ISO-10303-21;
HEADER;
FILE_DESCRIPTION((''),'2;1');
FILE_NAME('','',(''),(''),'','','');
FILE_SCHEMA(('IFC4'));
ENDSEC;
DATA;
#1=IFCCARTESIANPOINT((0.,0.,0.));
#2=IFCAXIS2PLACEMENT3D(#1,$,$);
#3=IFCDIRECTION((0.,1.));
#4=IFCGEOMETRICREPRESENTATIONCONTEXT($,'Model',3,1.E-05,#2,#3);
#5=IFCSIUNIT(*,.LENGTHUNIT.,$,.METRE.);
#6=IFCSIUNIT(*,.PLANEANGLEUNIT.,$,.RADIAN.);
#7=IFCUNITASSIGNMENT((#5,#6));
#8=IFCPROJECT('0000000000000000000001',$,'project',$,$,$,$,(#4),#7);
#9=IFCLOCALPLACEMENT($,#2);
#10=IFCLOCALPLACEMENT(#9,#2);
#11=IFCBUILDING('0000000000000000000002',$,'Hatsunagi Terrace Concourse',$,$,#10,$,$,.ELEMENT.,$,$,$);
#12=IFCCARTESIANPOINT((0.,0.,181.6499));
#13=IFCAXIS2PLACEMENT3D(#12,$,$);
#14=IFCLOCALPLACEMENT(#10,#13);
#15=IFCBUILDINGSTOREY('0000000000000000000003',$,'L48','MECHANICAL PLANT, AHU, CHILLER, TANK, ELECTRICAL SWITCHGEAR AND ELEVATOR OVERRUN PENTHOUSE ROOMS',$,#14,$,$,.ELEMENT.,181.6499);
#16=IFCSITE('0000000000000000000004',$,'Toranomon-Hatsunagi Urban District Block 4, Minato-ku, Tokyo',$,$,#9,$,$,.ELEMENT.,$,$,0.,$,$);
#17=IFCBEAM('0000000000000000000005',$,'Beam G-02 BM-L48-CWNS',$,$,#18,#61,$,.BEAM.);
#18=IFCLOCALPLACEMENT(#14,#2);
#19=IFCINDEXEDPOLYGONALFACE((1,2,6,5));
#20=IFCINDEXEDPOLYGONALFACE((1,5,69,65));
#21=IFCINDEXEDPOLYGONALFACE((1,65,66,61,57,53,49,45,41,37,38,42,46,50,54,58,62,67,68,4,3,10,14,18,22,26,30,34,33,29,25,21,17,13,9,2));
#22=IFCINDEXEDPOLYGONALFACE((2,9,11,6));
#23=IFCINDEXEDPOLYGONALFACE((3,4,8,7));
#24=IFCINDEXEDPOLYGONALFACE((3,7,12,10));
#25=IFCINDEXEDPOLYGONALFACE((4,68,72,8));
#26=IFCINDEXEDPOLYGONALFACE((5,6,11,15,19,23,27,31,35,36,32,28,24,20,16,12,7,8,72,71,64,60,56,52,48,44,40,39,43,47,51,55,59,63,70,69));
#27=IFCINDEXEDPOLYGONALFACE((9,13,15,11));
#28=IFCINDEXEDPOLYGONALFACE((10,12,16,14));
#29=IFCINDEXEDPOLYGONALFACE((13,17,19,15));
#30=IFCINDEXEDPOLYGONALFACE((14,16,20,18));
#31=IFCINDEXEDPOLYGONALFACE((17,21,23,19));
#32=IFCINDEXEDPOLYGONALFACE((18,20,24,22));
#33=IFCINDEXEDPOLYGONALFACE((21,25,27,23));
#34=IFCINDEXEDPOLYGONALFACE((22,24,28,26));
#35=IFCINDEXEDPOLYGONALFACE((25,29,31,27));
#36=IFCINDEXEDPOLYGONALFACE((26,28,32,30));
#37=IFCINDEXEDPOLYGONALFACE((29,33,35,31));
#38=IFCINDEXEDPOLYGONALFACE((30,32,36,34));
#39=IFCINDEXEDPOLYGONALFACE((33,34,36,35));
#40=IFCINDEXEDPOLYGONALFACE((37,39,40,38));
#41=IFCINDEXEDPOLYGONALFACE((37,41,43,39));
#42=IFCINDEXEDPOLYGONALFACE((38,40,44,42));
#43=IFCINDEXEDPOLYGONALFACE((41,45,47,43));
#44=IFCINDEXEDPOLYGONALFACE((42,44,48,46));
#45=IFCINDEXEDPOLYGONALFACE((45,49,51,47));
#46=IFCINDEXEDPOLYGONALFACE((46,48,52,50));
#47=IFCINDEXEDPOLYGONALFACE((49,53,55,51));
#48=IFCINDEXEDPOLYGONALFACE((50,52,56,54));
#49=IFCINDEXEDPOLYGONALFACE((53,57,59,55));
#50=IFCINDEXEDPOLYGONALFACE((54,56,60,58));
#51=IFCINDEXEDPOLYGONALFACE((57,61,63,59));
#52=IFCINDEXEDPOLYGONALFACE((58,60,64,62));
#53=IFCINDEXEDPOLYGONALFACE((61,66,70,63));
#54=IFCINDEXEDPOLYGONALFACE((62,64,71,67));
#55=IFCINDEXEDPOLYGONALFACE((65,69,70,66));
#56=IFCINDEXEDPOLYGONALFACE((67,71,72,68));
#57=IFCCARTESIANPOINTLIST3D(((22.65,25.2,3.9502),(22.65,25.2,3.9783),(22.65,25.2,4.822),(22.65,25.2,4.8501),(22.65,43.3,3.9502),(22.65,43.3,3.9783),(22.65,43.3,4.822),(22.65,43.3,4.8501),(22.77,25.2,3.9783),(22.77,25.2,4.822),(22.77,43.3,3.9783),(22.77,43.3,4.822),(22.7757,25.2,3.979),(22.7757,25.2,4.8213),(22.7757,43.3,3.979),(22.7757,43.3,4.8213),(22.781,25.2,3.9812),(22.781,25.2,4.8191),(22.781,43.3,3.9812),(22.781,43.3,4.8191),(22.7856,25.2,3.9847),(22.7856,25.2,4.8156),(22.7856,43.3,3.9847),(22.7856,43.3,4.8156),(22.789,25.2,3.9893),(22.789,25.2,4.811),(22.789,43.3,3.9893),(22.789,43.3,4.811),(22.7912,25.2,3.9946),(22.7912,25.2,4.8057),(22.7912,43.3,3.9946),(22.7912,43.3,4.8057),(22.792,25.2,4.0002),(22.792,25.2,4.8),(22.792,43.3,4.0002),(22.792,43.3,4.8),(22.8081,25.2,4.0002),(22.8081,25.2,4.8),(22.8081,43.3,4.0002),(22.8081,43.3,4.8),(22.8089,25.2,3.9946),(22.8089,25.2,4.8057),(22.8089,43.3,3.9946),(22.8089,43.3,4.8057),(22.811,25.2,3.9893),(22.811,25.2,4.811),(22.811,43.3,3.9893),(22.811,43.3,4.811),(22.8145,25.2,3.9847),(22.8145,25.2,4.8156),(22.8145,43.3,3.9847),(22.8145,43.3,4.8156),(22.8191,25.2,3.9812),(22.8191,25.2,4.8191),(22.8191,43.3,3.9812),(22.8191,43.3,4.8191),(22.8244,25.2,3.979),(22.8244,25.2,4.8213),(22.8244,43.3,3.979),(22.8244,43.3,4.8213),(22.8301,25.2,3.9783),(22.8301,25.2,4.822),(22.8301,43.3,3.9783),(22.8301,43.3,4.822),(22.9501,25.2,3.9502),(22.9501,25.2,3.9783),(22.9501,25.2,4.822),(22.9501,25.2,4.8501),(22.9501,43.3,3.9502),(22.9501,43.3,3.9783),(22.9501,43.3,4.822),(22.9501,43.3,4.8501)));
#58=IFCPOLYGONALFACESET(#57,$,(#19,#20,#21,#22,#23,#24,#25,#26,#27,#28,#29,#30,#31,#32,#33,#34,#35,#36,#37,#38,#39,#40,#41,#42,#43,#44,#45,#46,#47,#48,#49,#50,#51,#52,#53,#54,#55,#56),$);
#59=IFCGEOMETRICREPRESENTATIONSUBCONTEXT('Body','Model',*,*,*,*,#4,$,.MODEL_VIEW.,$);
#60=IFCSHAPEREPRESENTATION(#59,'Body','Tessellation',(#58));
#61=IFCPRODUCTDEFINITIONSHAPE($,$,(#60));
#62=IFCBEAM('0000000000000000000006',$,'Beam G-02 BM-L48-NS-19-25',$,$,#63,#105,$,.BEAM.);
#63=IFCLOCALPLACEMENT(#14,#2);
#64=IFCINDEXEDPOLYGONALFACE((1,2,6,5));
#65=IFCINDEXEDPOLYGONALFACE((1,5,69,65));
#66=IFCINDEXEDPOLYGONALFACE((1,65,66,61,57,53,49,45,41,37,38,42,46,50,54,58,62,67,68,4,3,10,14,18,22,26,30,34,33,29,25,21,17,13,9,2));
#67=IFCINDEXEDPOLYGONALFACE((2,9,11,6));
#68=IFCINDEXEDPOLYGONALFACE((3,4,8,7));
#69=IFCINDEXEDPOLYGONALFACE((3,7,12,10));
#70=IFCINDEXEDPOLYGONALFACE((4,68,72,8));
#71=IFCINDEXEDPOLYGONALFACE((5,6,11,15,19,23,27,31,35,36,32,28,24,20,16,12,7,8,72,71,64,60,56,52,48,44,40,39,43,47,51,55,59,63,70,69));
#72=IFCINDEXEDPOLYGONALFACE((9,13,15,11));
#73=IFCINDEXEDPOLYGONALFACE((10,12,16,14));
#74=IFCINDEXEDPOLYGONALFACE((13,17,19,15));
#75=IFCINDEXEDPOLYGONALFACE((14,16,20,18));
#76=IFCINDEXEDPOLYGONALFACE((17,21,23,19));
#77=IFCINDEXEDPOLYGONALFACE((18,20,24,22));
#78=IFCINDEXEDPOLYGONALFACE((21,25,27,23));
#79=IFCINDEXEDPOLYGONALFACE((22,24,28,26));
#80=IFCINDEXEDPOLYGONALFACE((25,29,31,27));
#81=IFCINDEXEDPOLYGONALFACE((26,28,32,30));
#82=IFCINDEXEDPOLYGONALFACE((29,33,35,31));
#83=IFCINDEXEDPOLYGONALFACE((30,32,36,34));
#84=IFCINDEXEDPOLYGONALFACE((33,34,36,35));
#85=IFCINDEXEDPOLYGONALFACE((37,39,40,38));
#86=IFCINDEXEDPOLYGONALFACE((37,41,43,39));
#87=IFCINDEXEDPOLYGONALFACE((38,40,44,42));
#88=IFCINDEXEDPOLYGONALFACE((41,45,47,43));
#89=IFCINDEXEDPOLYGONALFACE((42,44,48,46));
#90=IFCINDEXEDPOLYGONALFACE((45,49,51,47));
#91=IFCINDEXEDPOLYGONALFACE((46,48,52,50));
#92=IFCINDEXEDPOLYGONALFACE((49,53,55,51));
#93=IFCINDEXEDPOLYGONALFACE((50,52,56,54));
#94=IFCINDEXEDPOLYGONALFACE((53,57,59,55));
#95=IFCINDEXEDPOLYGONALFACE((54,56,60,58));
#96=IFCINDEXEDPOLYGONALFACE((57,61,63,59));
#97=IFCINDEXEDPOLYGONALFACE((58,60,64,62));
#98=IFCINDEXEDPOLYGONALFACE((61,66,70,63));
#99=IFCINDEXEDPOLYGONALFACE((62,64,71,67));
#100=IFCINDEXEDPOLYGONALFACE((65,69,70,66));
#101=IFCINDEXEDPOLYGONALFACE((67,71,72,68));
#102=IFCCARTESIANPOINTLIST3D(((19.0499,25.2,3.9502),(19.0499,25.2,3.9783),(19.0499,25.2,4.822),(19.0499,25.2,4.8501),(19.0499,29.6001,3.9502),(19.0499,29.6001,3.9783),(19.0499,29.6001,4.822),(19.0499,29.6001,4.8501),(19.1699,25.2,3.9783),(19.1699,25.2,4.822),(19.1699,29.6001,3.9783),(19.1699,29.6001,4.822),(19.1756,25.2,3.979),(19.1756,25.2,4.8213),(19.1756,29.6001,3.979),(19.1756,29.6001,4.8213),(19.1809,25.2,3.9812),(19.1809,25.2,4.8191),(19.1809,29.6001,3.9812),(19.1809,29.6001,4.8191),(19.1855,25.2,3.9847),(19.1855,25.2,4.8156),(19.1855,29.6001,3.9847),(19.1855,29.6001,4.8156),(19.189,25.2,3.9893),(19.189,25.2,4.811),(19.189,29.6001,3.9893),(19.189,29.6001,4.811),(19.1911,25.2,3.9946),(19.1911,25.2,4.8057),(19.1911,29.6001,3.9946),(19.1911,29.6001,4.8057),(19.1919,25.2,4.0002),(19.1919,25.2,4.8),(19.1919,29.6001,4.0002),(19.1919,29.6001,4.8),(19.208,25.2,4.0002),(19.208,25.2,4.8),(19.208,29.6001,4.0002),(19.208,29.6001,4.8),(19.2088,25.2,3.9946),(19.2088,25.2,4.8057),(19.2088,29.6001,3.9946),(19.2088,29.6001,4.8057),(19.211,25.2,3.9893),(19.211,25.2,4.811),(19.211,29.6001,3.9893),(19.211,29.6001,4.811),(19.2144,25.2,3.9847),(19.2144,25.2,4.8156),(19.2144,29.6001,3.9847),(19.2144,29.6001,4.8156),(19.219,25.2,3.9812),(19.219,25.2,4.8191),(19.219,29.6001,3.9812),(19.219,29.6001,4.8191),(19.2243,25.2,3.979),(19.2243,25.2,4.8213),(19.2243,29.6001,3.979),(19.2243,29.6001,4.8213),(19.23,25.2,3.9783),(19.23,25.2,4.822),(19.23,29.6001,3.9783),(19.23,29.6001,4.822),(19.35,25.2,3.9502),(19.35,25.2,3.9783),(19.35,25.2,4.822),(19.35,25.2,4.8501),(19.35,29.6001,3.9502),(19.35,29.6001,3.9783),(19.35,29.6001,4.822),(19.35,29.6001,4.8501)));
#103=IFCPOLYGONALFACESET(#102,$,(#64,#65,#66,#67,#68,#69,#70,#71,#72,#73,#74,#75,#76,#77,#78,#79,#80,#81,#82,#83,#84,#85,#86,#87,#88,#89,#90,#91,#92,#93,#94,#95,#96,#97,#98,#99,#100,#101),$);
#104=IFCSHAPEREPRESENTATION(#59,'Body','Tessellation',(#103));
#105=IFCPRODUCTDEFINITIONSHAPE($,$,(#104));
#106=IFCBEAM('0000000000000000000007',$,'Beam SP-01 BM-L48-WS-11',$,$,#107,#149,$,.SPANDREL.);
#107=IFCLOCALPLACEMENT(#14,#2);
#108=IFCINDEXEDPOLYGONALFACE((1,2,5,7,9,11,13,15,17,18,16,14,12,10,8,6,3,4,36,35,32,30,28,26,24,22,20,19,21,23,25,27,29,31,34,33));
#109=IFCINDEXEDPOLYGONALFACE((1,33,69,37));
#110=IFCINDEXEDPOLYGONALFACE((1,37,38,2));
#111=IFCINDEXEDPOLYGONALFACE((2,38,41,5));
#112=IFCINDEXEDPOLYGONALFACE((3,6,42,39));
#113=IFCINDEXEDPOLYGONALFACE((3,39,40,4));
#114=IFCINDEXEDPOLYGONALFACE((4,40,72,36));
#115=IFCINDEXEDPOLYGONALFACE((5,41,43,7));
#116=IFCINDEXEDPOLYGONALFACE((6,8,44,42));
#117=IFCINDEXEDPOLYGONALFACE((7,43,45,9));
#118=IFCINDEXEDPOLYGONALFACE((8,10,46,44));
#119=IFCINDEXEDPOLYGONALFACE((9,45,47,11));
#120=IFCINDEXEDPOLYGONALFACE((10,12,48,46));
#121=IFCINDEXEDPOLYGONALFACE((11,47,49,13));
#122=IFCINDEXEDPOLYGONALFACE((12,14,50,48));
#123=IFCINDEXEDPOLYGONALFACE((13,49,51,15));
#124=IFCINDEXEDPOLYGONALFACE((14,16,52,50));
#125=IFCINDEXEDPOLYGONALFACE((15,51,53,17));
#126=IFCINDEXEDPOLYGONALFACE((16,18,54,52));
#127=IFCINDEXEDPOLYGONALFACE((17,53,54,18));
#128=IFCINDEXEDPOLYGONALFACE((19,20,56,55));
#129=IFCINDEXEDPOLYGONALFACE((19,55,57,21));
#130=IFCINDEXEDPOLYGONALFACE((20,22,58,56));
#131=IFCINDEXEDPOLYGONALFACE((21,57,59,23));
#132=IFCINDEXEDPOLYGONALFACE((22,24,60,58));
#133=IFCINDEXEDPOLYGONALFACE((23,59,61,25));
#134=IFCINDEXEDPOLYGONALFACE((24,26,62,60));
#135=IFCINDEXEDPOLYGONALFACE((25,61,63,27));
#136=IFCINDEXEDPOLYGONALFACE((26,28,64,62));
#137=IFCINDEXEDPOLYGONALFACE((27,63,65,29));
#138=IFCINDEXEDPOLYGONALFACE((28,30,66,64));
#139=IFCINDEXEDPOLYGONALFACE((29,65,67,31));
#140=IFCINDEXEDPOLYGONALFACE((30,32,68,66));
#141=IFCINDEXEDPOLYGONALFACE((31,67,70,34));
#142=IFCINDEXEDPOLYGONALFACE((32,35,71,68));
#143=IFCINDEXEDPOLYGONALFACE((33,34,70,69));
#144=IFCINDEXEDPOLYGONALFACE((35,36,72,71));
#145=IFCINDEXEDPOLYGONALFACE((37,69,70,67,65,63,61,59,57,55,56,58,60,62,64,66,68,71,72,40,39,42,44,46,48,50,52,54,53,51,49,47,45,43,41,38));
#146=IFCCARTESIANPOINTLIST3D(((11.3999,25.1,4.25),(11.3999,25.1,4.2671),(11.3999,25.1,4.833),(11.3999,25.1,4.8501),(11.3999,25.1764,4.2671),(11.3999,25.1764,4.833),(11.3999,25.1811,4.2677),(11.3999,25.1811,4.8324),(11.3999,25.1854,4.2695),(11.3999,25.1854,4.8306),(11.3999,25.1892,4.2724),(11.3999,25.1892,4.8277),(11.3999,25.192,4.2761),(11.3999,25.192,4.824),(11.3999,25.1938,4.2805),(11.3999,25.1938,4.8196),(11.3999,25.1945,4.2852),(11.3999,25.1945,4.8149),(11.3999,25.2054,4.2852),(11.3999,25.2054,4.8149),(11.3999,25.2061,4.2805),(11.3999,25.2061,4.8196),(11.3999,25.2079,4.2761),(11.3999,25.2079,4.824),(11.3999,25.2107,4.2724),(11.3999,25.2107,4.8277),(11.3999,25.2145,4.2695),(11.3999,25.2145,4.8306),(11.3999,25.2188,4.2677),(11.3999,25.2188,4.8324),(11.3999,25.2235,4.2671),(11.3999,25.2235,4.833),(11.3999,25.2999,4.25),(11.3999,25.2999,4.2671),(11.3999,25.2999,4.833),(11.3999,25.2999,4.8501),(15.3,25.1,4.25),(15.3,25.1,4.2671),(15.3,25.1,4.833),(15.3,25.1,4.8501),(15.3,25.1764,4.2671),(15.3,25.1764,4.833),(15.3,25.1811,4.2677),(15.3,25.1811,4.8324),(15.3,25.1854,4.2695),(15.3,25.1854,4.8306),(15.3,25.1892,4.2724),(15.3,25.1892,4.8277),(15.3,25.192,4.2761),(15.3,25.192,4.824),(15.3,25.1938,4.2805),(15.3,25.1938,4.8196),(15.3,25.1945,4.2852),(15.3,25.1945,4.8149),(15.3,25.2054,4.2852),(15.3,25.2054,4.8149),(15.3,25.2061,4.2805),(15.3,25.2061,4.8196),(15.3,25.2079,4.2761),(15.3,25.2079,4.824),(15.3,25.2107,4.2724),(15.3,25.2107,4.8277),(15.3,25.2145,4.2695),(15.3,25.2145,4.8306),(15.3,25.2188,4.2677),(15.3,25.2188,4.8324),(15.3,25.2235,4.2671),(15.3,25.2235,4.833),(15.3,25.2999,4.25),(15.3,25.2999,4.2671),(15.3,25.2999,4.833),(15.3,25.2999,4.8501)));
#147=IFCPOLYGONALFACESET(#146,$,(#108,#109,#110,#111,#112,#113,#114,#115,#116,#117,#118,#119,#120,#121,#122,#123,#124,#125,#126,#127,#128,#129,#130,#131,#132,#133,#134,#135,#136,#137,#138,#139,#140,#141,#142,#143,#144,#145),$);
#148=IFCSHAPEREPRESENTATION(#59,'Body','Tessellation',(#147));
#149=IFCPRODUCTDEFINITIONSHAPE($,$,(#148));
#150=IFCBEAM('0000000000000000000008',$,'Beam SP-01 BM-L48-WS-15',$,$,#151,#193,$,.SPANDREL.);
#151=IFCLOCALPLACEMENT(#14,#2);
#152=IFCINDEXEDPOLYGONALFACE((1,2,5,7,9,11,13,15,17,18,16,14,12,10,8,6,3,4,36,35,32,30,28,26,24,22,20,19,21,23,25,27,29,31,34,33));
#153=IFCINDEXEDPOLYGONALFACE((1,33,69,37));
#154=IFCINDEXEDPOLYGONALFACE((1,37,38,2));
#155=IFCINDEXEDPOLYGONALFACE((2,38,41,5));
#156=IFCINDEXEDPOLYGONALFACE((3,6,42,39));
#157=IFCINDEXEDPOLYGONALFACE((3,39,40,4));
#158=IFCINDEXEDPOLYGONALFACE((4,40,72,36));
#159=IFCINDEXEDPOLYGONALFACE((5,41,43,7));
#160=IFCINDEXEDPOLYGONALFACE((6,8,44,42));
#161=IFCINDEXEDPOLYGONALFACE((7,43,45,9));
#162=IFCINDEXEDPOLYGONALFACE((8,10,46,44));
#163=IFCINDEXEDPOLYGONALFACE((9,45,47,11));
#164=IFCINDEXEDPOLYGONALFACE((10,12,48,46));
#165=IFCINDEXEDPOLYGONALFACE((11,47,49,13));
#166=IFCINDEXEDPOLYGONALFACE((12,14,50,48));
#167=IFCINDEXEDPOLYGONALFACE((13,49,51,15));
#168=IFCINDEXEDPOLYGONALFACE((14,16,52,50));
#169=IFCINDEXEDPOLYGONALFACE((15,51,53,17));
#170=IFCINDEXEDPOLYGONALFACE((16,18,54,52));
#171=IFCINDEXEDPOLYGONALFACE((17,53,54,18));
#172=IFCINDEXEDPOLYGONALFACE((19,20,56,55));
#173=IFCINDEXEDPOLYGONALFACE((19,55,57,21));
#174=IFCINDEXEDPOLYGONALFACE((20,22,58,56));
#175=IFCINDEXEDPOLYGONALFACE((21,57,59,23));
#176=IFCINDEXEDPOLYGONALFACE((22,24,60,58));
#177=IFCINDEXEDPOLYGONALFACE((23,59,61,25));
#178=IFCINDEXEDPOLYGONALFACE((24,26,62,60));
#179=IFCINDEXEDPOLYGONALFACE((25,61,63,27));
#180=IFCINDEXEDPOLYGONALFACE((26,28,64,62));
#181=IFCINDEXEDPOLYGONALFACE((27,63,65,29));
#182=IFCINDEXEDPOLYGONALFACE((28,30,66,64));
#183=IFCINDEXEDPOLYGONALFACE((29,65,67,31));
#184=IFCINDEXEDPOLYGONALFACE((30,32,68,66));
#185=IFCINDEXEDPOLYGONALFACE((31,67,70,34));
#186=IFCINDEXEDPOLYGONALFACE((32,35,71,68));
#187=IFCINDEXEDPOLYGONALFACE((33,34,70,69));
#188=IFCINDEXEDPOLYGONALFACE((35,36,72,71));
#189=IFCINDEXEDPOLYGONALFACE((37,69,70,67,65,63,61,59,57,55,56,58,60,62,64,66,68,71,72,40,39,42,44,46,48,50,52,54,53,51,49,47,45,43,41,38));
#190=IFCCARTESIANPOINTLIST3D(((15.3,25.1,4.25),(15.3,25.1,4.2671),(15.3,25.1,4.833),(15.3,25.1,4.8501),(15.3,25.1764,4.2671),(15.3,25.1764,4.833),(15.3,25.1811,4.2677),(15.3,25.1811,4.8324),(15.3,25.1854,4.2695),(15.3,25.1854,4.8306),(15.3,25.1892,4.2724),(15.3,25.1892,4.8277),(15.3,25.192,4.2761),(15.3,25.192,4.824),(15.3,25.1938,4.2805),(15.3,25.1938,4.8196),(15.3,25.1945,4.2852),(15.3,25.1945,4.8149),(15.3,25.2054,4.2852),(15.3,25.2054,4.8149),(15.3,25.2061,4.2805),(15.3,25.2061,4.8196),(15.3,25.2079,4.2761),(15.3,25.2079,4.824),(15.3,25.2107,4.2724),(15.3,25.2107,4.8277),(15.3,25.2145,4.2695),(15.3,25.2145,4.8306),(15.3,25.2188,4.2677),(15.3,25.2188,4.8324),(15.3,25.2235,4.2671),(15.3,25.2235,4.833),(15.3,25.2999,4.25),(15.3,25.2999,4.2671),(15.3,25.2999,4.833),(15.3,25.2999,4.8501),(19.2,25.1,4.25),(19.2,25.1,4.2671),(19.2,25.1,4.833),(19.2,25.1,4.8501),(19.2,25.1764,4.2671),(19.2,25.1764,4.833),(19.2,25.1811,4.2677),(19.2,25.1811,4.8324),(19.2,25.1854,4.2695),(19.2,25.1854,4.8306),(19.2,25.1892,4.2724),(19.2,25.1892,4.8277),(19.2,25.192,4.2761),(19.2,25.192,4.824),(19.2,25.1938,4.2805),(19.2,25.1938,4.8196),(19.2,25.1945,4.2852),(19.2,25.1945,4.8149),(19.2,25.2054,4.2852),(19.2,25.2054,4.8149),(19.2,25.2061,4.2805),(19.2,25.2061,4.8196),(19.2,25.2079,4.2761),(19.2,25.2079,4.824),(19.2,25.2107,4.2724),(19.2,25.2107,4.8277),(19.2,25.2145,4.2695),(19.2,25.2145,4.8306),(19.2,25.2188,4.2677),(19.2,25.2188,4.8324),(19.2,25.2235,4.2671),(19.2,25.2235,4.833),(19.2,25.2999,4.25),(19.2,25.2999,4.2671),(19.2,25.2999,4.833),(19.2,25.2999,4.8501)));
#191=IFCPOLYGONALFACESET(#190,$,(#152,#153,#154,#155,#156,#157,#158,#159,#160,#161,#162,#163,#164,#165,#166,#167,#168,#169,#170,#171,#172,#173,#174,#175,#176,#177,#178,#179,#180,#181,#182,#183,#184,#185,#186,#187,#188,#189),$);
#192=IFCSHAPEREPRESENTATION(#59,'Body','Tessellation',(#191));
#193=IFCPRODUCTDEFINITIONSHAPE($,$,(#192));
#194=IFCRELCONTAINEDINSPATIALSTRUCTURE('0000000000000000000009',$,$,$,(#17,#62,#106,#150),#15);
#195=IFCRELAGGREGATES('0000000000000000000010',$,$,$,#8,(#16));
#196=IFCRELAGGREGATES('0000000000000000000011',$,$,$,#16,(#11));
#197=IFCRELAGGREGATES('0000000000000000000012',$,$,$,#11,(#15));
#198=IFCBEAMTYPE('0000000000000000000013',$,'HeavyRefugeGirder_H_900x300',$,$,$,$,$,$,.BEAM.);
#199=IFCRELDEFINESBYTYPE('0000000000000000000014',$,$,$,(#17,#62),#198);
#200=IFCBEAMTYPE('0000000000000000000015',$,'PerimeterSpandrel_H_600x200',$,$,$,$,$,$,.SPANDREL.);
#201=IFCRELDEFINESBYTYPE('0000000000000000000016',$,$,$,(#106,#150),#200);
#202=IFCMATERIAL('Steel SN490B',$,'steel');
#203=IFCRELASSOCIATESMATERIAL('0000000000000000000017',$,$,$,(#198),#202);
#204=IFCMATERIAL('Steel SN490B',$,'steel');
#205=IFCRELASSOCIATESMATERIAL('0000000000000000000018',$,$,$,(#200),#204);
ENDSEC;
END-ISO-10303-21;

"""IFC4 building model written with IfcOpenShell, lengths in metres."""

from ifc_helpers import new_model, si_unit, direction, frame, origin, origin_2d, place, context, subcontext, project, spatial, i_section, extrude, material, material_profile, profile_set, type_object, element, save


model = new_model("IFC4")

# Units and contexts
model_context = context("Model", 3, precision=1e-05, world=origin(), true_north=direction((0.0, 1.0)))
body_context = subcontext(model_context, "Body", "Model", "MODEL_VIEW")
ifc_project = project(units=[si_unit("LENGTHUNIT", "METRE"), si_unit("PLANEANGLEUNIT", "RADIAN")], contexts=[model_context])

# Site, building, storey
site_placement = place(None, origin())
site = spatial("IfcSite", under=ifc_project, at=site_placement, Name="Toranomon-Hatsunagi Urban District Block 4, Minato-ku, Tokyo", CompositionType="ELEMENT", RefElevation=0.0)
building_placement = place(site_placement, origin())
building = spatial("IfcBuilding", under=site, at=building_placement, Name="Hatsunagi Terrace Concourse", CompositionType="ELEMENT")
storey_placement = place(building_placement, frame((0.0, 0.0, 181.6499)))
storey = spatial("IfcBuildingStorey", under=building, at=storey_placement, Name="L48", Description="MECHANICAL PLANT, AHU, CHILLER, TANK, ELECTRICAL SWITCHGEAR AND ELEVATOR OVERRUN PENTHOUSE ROOMS", CompositionType="ELEMENT", Elevation=181.6499)

# Beams
ifc_material_1 = material(Name="Steel SN490B", Category="steel")
ifc_material_profile_1 = material_profile(ifc_material_1, i_section(OverallWidth=0.3, OverallDepth=0.8999, WebThickness=0.0161, FlangeThickness=0.0281, FilletRadius=0.022, at=origin_2d()), Name="H-900x300x16x28")
ifc_profile_set_1 = profile_set([ifc_material_profile_1], Name="Steel SN490B")
beam_type_1 = type_object("IfcBeamType", Name="HeavyRefugeGirder_H_900x300", PredefinedType="BEAM", material=ifc_profile_set_1)
beam_1_placement = place(storey_placement, frame((22.8, 25.2, 4.4001), z_axis=(0.0, 1.0, 0.0), x_axis=(-1.0, 0.0, 0.0)))
element("IfcBeam", 1, at=beam_1_placement, inside=storey, type_object=beam_type_1, Name="Beam G-02 BM-L48-CWNS", PredefinedType="BEAM", context=body_context, shape_type="SweptSolid", body=[
    extrude(i_section(OverallWidth=0.3, OverallDepth=0.8999, WebThickness=0.0161, FlangeThickness=0.0281, FilletRadius=0.022, at=origin_2d()), origin(), (0.0, 0.0, 1.0), 18.1001),
])
beam_2_placement = place(storey_placement, frame((19.2, 25.2, 4.4001), z_axis=(0.0, 1.0, 0.0), x_axis=(-1.0, 0.0, 0.0)))
element("IfcBeam", 2, at=beam_2_placement, inside=storey, type_object=beam_type_1, Name="Beam G-02 BM-L48-NS-19-25", PredefinedType="BEAM", context=body_context, shape_type="SweptSolid", body=[
    extrude(i_section(OverallWidth=0.3, OverallDepth=0.8999, WebThickness=0.0161, FlangeThickness=0.0281, FilletRadius=0.022, at=origin_2d()), origin(), (0.0, 0.0, 1.0), 4.4001),
])
ifc_material_2 = material(Name="Steel SN490B", Category="steel")
ifc_material_profile_2 = material_profile(ifc_material_2, i_section(OverallWidth=0.2, OverallDepth=0.6001, WebThickness=0.011, FlangeThickness=0.0171, FilletRadius=0.0181, at=origin_2d()), Name="H-600x200x11x17")
ifc_profile_set_2 = profile_set([ifc_material_profile_2], Name="Steel SN490B")
beam_type_2 = type_object("IfcBeamType", Name="PerimeterSpandrel_H_600x200", PredefinedType="SPANDREL", material=ifc_profile_set_2)
beam_3_placement = place(storey_placement, frame((11.3999, 25.2, 4.55), z_axis=(1.0, 0.0, 0.0), x_axis=(0.0, 1.0, 0.0)))
element("IfcBeam", 3, at=beam_3_placement, inside=storey, type_object=beam_type_2, Name="Beam SP-01 BM-L48-WS-11", PredefinedType="SPANDREL", context=body_context, shape_type="SweptSolid", body=[
    extrude(i_section(OverallWidth=0.2, OverallDepth=0.6001, WebThickness=0.011, FlangeThickness=0.0171, FilletRadius=0.0181, at=origin_2d()), origin(), (0.0, 0.0, 1.0), 3.9001),
])
beam_4_placement = place(storey_placement, frame((15.3, 25.2, 4.55), z_axis=(1.0, 0.0, 0.0), x_axis=(0.0, 1.0, 0.0)))
element("IfcBeam", 4, at=beam_4_placement, inside=storey, type_object=beam_type_2, Name="Beam SP-01 BM-L48-WS-15", PredefinedType="SPANDREL", context=body_context, shape_type="SweptSolid", body=[
    extrude(i_section(OverallWidth=0.2, OverallDepth=0.6001, WebThickness=0.011, FlangeThickness=0.0171, FilletRadius=0.0181, at=origin_2d()), origin(), (0.0, 0.0, 1.0), 3.8999),
])

save(model, "model.ifc")
